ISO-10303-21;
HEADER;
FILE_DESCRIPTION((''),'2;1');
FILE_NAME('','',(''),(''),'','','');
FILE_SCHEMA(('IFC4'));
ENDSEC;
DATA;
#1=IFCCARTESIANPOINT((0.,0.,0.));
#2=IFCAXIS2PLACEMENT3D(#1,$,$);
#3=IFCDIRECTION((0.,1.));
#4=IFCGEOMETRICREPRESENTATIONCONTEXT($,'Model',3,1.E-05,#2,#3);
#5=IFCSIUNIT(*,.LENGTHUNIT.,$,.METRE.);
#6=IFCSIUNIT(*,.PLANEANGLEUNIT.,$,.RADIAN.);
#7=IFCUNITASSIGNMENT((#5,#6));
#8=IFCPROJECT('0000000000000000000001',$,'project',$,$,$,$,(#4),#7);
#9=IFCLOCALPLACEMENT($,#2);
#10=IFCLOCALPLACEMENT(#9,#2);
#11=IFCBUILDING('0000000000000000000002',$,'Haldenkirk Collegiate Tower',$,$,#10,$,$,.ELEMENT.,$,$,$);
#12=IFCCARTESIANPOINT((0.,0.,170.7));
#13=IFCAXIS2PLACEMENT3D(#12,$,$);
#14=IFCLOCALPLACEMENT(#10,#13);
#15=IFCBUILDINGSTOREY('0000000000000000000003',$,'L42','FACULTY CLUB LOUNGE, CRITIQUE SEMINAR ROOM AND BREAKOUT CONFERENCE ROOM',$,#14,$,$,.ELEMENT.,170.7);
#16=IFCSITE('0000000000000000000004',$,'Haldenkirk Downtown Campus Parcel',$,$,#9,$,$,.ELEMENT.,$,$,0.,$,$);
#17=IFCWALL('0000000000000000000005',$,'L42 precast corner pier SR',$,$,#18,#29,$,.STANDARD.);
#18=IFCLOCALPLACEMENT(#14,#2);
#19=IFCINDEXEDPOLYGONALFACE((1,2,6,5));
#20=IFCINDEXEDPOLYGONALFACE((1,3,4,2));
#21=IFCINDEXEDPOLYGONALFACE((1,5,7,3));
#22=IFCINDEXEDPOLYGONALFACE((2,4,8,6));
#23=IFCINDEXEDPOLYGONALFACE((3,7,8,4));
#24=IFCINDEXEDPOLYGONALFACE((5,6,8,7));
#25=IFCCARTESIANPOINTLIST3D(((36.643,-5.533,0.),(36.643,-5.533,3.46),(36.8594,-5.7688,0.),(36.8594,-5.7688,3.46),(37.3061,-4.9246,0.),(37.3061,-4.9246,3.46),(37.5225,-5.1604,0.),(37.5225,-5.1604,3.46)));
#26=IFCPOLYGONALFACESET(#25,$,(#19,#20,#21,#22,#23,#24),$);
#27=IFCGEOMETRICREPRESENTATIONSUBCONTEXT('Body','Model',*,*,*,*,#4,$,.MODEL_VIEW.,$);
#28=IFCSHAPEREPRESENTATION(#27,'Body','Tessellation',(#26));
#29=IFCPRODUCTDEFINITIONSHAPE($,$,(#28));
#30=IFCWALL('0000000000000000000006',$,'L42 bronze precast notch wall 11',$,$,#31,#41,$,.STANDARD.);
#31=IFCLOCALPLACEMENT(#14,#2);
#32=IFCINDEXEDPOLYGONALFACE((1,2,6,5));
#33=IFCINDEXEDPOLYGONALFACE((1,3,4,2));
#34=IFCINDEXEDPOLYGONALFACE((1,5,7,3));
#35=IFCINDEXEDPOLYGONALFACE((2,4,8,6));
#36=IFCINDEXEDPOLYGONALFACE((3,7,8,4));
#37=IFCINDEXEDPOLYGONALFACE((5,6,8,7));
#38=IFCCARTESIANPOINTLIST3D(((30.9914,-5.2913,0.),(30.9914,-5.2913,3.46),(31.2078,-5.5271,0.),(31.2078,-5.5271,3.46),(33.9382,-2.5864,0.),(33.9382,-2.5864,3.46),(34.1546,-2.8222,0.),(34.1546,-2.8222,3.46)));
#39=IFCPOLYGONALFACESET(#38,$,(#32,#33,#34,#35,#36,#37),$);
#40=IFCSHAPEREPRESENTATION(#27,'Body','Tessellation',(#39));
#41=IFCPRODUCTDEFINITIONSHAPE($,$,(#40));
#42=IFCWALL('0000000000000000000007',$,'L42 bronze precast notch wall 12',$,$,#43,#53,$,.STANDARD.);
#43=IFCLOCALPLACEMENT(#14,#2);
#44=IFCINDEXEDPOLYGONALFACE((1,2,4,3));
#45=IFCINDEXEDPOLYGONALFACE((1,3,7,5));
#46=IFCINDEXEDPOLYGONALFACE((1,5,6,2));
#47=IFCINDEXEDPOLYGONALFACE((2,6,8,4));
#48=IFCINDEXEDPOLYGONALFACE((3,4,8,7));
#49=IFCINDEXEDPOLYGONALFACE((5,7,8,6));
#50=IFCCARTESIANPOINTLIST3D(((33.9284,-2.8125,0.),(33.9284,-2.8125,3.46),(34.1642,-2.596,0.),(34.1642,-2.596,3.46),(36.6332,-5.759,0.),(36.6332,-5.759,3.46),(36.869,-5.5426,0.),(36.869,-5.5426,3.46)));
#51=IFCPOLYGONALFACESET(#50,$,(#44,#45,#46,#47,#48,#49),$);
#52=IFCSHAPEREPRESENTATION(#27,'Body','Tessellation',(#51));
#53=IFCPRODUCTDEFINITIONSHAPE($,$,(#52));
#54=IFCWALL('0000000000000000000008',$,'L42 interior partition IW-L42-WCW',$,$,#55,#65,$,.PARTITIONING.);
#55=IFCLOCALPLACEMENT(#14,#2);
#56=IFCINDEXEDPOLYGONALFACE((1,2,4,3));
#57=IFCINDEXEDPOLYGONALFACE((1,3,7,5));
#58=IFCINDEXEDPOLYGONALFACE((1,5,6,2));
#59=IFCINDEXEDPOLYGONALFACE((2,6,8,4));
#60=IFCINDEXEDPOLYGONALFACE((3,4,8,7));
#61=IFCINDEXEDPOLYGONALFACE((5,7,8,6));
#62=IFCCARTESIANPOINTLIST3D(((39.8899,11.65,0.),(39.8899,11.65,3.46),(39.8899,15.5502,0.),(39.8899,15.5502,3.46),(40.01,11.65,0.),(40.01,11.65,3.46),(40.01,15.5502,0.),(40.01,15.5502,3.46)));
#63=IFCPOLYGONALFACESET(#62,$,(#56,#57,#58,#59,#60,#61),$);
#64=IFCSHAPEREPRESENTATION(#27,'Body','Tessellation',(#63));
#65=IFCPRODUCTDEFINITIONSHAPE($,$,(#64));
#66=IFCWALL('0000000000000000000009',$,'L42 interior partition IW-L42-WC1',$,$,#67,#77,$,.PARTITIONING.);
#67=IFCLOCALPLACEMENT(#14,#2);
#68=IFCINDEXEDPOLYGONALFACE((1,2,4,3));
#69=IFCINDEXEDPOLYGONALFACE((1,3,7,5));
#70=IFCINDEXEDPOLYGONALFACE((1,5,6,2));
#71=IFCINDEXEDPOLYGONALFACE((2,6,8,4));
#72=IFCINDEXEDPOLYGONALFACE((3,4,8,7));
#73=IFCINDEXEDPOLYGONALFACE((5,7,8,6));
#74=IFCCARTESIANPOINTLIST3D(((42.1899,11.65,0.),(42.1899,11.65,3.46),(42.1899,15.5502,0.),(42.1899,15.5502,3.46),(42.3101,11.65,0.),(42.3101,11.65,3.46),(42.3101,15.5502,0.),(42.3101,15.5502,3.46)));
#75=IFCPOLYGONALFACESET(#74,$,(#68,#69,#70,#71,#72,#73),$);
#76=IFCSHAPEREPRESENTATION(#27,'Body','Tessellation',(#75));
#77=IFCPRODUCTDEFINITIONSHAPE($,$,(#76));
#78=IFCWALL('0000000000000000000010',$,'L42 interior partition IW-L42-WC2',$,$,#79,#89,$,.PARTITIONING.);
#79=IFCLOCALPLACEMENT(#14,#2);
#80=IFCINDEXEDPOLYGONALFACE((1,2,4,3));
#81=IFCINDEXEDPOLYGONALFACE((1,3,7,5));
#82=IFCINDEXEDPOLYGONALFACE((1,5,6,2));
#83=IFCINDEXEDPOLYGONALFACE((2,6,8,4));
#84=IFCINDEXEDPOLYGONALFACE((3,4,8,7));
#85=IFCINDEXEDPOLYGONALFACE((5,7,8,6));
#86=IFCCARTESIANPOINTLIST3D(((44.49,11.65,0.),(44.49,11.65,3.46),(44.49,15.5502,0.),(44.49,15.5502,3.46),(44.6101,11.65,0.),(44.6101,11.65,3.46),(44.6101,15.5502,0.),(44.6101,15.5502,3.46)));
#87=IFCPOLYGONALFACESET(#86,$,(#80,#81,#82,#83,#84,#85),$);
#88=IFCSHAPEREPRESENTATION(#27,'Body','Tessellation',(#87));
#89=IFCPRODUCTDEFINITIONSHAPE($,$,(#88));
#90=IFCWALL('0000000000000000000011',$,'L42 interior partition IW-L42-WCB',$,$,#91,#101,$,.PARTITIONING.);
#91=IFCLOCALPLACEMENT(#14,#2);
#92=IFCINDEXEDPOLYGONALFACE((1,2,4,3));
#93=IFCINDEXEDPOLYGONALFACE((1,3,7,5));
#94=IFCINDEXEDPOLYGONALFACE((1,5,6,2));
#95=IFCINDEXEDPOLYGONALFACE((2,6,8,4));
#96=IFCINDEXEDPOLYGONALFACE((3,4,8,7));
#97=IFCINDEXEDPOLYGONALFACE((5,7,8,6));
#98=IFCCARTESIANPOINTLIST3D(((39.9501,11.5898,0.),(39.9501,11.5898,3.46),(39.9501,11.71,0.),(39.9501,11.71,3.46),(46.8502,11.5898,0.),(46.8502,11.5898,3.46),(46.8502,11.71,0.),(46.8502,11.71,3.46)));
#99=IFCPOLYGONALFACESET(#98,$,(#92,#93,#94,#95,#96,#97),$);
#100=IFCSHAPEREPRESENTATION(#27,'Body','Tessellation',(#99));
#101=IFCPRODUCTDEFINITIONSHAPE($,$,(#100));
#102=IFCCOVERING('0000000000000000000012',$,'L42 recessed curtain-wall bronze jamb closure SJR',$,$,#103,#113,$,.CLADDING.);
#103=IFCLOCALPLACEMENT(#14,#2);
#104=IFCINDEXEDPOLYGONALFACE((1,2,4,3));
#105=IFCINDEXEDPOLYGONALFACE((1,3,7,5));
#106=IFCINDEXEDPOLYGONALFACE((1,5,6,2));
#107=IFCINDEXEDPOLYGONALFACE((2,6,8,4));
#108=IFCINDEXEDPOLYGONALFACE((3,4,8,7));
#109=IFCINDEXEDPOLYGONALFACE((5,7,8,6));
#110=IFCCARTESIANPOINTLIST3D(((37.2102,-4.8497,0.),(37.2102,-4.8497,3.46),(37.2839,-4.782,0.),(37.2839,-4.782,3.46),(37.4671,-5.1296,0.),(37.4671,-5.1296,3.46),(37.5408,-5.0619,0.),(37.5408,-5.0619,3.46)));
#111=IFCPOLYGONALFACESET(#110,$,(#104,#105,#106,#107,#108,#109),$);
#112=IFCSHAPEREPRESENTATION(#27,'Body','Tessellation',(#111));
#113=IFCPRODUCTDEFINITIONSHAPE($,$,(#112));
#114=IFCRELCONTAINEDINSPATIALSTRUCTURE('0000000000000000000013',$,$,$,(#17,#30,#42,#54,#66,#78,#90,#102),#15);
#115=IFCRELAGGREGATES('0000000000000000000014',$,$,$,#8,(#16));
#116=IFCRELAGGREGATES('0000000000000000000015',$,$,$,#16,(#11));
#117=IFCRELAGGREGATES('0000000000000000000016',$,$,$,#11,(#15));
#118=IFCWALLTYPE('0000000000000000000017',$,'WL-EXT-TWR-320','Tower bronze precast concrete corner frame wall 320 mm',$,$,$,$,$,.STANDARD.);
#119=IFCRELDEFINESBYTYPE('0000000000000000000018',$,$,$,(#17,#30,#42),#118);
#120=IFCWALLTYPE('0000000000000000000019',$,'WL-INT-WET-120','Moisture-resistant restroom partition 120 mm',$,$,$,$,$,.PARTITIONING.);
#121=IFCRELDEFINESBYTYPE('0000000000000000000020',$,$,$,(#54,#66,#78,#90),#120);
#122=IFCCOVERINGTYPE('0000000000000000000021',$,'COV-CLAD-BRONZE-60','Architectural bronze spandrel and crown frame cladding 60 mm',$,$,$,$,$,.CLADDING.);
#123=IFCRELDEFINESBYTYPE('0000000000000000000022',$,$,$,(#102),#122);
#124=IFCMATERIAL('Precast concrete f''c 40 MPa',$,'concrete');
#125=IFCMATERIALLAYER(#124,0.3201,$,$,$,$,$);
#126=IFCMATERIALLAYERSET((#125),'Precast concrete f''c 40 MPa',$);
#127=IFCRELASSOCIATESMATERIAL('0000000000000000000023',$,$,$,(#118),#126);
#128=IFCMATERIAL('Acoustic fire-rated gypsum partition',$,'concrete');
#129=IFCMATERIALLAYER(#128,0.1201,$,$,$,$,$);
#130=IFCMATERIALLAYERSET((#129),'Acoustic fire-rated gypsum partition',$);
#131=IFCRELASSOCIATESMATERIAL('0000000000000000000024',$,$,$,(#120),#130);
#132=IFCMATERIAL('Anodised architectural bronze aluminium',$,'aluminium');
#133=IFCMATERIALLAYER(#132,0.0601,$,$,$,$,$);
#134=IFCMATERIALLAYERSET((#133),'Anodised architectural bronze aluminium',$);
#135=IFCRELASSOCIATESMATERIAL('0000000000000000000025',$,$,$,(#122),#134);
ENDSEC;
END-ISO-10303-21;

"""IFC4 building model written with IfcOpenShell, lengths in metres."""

from ifc_helpers import new_model, si_unit, direction, frame, frame_2d, origin, origin_2d, place, context, subcontext, project, spatial, rectangle, extrude, source, transform, mapped, material, layer, layer_set, type_object, element, save


model = new_model("IFC4")

# Units and contexts
model_context = context("Model", 3, precision=1e-05, world=origin(), true_north=direction((0.0, 1.0)))
body_context = subcontext(model_context, "Body", "Model", "MODEL_VIEW")
ifc_project = project(units=[si_unit("LENGTHUNIT", "METRE"), si_unit("PLANEANGLEUNIT", "RADIAN")], contexts=[model_context])

# Site, building, storey
site_placement = place(None, origin())
site = spatial("IfcSite", under=ifc_project, at=site_placement, Name="Haldenkirk Downtown Campus Parcel", CompositionType="ELEMENT", RefElevation=0.0)
building_placement = place(site_placement, origin())
building = spatial("IfcBuilding", under=site, at=building_placement, Name="Haldenkirk Collegiate Tower", CompositionType="ELEMENT")
storey_placement = place(building_placement, frame((0.0, 0.0, 170.7)))
storey = spatial("IfcBuildingStorey", under=building, at=storey_placement, Name="L42", Description="FACULTY CLUB LOUNGE, CRITIQUE SEMINAR ROOM AND BREAKOUT CONFERENCE ROOM", CompositionType="ELEMENT", Elevation=170.7)

# Shared definitions
ifc_material_1 = material(Name="Anodised architectural bronze aluminium", Category="aluminium")

# Walls
ifc_material_2 = material(Name="Precast concrete f'c 40 MPa", Category="concrete")
ifc_layer_1 = layer(ifc_material_2, 0.3201)
ifc_layer_set_1 = layer_set([ifc_layer_1], Name="Precast concrete f'c 40 MPa")
wall_type_1 = type_object("IfcWallType", Name="WL-EXT-TWR-320", Description="Tower bronze precast concrete corner frame wall 320 mm", PredefinedType="STANDARD", material=ifc_layer_set_1)
wall_1_placement = place(storey_placement, frame((37.4143, -5.0425, 0.0), z_axis=(0.0, 0.0, 1.0), x_axis=(-0.736839, -0.676069, 0.0)))
element("IfcWall", 1, at=wall_1_placement, inside=storey, type_object=wall_type_1, Name="L42 precast corner pier SR", PredefinedType="STANDARD", context=body_context, shape_type="SweptSolid", body=[
    extrude(rectangle(XDim=0.8999, YDim=0.3201, at=frame_2d((0.45, 0.0))), origin(), (0.0, 0.0, 1.0), 3.46),
])
wall_2_placement = place(storey_placement, frame((34.0464, -2.7043, 0.0), z_axis=(0.0, 0.0, 1.0), x_axis=(-0.736703, -0.676216, 0.0)))
element("IfcWall", 2, at=wall_2_placement, inside=storey, type_object=wall_type_1, Name="L42 bronze precast notch wall 11", PredefinedType="STANDARD", context=body_context, shape_type="SweptSolid", body=[
    extrude(rectangle(XDim=4.0, YDim=0.3201, at=frame_2d((2.0, 0.0))), origin(), (0.0, 0.0, 1.0), 3.46),
])
wall_3_placement = place(storey_placement, frame((36.7512, -5.6509, 0.0), z_axis=(0.0, 0.0, 1.0), x_axis=(-0.676247, 0.736675, 0.0)))
element("IfcWall", 3, at=wall_3_placement, inside=storey, type_object=wall_type_1, Name="L42 bronze precast notch wall 12", PredefinedType="STANDARD", context=body_context, shape_type="SweptSolid", body=[
    extrude(rectangle(XDim=3.9998, YDim=0.3201, at=frame_2d((2.0, 0.0))), origin(), (0.0, 0.0, 1.0), 3.46),
])
ifc_material_3 = material(Name="Acoustic fire-rated gypsum partition", Category="concrete")
ifc_layer_2 = layer(ifc_material_3, 0.1201)
ifc_layer_set_2 = layer_set([ifc_layer_2], Name="Acoustic fire-rated gypsum partition")
wall_type_2 = type_object("IfcWallType", Name="WL-INT-WET-120", Description="Moisture-resistant restroom partition 120 mm", PredefinedType="PARTITIONING", material=ifc_layer_set_2)
for number, where, z_axis, x_axis, name in (
    (4, (39.95, 11.6499, 0.0), (0.0, 0.0, 1.0), (0.0, 1.0, 0.0), "L42 interior partition IW-L42-WCW"),
    (5, (42.25, 11.6499, 0.0), (0.0, 0.0, 1.0), (0.0, 1.0, 0.0), "L42 interior partition IW-L42-WC1"),
    (6, (44.55, 11.6499, 0.0), (0.0, 0.0, 1.0), (0.0, 1.0, 0.0), "L42 interior partition IW-L42-WC2"),
):
    element("IfcWall", number, at=place(storey_placement, frame(where, z_axis=z_axis, x_axis=x_axis)), inside=storey, type_object=wall_type_2, Name=name, PredefinedType="PARTITIONING", context=body_context, shape_type="SweptSolid", body=[
        extrude(rectangle(XDim=3.9001, YDim=0.1201, at=frame_2d((1.9502, 0.0))), origin(), (0.0, 0.0, 1.0), 3.46),
    ])
wall_4_placement = place(storey_placement, frame((39.95, 11.6499, 0.0), z_axis=(0.0, 0.0, 1.0), x_axis=(1.0, 0.0, 0.0)))
element("IfcWall", 7, at=wall_4_placement, inside=storey, type_object=wall_type_2, Name="L42 interior partition IW-L42-WCB", PredefinedType="PARTITIONING", context=body_context, shape_type="SweptSolid", body=[
    extrude(rectangle(XDim=6.9001, YDim=0.1201, at=frame_2d((3.4502, 0.0))), origin(), (0.0, 0.0, 1.0), 3.46),
])

# Covering
ifc_layer_3 = layer(ifc_material_1, 0.0601)
ifc_layer_set_3 = layer_set([ifc_layer_3], Name="Anodised architectural bronze aluminium")
covering_type = type_object("IfcCoveringType", Name="COV-CLAD-BRONZE-60", Description="Architectural bronze spandrel and crown frame cladding 60 mm", PredefinedType="CLADDING", material=ifc_layer_set_3)
shared_shape_1 = source(origin(), body_context, "Body", "SweptSolid", [
    extrude(rectangle(XDim=0.1001, YDim=0.3799, at=origin_2d()), origin(), (0.0, 0.0, 1.0), 3.46),
])
covering_placement = place(storey_placement, frame((37.3755, -4.9558, 0.0), z_axis=(0.0, 0.0, 1.0), x_axis=(-0.736687, -0.676233, 0.0)))
element("IfcCovering", 8, at=covering_placement, inside=storey, type_object=covering_type, Name="L42 recessed curtain-wall bronze jamb closure SJR", PredefinedType="CLADDING", context=body_context, shape_type="MappedRepresentation", body=[
    mapped(shared_shape_1, transform((0.0, 0.0, 0.0), x_axis=(1.0, 0.0, 0.0), y_axis=(0.0, 1.0, 0.0), z_axis=(0.0, 0.0, 1.0), scale=1.0)),
])

save(model, "model.ifc")
